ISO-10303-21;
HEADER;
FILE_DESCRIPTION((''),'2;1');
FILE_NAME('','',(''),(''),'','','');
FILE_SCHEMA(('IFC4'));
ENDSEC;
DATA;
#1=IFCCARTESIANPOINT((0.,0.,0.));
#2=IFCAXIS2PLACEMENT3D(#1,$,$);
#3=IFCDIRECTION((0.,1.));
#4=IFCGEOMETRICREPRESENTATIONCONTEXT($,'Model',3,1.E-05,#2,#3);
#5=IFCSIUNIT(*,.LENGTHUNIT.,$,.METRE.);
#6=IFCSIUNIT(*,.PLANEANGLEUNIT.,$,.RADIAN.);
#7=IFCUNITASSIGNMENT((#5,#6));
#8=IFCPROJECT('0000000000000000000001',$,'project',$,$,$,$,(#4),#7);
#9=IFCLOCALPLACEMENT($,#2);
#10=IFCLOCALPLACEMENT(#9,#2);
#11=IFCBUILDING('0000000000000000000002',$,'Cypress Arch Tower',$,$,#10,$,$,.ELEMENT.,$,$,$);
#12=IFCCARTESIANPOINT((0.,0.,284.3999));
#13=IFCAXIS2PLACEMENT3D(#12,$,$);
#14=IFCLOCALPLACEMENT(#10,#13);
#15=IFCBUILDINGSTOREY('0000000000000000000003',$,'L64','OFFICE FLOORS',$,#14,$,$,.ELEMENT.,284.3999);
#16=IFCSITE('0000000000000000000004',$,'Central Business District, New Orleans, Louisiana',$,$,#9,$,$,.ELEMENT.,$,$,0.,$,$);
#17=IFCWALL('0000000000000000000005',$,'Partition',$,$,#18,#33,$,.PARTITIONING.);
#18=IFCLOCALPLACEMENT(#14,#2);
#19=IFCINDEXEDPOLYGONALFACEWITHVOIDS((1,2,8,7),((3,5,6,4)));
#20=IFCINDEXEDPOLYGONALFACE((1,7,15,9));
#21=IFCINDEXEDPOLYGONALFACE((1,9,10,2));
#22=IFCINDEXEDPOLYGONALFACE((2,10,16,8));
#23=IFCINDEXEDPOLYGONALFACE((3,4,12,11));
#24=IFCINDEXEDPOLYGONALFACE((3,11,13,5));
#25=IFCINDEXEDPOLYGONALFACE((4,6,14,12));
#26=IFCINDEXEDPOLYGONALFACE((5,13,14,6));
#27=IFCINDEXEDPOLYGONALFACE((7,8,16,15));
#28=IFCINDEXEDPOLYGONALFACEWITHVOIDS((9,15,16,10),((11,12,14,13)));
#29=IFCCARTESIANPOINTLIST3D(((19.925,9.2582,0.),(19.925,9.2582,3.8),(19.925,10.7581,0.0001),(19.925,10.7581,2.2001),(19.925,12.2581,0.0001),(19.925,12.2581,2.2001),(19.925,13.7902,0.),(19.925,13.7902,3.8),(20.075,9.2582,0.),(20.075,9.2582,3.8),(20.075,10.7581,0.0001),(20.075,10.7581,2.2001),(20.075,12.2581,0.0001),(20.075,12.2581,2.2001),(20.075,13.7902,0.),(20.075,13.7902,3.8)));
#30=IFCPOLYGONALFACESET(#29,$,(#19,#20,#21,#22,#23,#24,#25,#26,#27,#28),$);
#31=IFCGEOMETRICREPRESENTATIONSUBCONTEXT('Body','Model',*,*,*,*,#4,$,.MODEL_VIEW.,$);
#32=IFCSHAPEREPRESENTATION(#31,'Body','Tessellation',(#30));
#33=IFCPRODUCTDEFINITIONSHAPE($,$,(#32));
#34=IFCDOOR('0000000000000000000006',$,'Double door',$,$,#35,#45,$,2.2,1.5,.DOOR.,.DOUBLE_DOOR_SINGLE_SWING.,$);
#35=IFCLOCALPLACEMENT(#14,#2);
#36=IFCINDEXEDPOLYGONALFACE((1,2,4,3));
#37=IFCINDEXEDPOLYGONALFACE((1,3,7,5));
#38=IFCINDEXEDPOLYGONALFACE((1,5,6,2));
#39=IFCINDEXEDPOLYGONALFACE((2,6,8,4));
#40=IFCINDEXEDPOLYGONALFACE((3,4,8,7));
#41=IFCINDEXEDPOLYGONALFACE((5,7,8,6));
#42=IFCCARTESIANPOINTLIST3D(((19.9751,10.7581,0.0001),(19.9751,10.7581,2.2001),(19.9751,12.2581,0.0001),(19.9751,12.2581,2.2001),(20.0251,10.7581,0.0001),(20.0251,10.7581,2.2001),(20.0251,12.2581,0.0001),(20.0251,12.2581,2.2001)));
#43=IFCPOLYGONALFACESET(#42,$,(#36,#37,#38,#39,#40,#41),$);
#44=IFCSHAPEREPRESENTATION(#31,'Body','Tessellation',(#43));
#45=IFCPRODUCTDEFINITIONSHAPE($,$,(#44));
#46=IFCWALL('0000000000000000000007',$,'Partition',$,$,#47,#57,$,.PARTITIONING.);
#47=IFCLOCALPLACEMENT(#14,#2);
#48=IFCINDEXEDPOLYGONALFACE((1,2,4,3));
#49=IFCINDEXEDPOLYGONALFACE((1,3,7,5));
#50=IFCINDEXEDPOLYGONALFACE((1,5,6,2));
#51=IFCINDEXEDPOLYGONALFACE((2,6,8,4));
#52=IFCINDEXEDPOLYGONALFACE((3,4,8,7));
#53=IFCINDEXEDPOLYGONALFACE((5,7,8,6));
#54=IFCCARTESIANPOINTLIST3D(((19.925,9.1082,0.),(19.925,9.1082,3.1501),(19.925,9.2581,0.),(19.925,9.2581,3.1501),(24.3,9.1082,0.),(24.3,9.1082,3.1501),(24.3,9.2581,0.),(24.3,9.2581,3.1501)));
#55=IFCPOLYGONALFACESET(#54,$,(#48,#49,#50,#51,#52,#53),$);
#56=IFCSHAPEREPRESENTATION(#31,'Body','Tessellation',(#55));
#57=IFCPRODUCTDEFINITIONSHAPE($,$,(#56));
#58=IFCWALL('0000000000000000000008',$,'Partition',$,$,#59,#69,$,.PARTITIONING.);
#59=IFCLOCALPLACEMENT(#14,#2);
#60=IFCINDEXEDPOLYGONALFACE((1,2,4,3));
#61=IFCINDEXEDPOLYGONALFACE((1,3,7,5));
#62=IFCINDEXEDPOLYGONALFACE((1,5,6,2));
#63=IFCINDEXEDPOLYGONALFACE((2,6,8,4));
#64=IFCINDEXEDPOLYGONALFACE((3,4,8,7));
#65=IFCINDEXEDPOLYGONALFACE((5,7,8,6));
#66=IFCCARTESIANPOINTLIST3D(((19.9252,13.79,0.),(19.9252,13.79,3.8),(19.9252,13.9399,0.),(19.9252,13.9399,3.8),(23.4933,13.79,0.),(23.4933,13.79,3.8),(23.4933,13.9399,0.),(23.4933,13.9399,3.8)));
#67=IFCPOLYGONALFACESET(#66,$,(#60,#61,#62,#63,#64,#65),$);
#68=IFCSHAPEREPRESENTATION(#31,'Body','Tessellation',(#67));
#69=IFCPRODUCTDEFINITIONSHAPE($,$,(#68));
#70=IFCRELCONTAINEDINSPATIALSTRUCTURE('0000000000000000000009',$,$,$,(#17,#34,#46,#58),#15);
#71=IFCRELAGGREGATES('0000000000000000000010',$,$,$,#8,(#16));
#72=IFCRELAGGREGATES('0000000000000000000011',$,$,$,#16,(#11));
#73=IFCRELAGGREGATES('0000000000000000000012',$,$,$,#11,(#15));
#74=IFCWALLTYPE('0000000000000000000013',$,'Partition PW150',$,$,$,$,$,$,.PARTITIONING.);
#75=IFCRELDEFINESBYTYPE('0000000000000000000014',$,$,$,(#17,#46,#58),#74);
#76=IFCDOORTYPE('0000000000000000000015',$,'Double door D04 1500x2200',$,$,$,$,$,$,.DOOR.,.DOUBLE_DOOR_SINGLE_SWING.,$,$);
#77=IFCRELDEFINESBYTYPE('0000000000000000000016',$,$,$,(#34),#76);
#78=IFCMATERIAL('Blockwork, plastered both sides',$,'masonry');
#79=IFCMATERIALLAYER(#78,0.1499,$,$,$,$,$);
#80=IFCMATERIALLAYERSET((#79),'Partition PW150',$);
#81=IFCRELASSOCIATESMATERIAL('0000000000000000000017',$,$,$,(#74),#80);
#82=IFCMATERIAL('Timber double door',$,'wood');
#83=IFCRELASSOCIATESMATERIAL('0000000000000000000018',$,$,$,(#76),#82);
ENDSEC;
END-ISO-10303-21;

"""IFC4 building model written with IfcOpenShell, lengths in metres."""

from ifc_helpers import new_model, si_unit, direction, frame, frame_2d, origin, place, context, subcontext, project, spatial, rectangle, extrude, material, layer, layer_set, type_object, element, fill, save


model = new_model("IFC4")

# Units and contexts
model_context = context("Model", 3, precision=1e-05, world=origin(), true_north=direction((0.0, 1.0)))
body_context = subcontext(model_context, "Body", "Model", "MODEL_VIEW")
ifc_project = project(units=[si_unit("LENGTHUNIT", "METRE"), si_unit("PLANEANGLEUNIT", "RADIAN")], contexts=[model_context])

# Site, building, storey
site_placement = place(None, origin())
site = spatial("IfcSite", under=ifc_project, at=site_placement, Name="Central Business District, New Orleans, Louisiana", CompositionType="ELEMENT", RefElevation=0.0)
building_placement = place(site_placement, origin())
building = spatial("IfcBuilding", under=site, at=building_placement, Name="Cypress Arch Tower", CompositionType="ELEMENT")
storey_placement = place(building_placement, frame((0.0, 0.0, 284.3999)))
storey = spatial("IfcBuildingStorey", under=building, at=storey_placement, Name="L64", Description="OFFICE FLOORS", CompositionType="ELEMENT", Elevation=284.3999)

# Wall, opening, door
ifc_material_1 = material(Name="Blockwork, plastered both sides", Category="masonry")
ifc_layer_1 = layer(ifc_material_1, 0.1499)
ifc_layer_set_1 = layer_set([ifc_layer_1], Name="Partition PW150")
wall_type_1 = type_object("IfcWallType", Name="Partition PW150", PredefinedType="PARTITIONING", material=ifc_layer_set_1)
wall_1_placement = place(storey_placement, frame((20.0, 9.2581, 0.0), z_axis=(0.0, 0.0, 1.0), x_axis=(0.0, 1.0, 0.0)))
wall_1 = element("IfcWall", 1, at=wall_1_placement, inside=storey, type_object=wall_type_1, Name="Partition", PredefinedType="PARTITIONING", context=body_context, shape_type="SweptSolid", body=[
    extrude(rectangle(XDim=4.532, YDim=0.1499, at=frame_2d((2.2661, 0.0))), origin(), (0.0, 0.0, 1.0), 3.8),
])
opening_1_placement = place(wall_1_placement, frame((1.5, 0.0, 0.0)))
opening_1 = element("IfcOpeningElement", 2, at=opening_1_placement, cuts=wall_1, PredefinedType="OPENING", context=body_context, shape_type="SweptSolid", body=[
    extrude(rectangle(XDim=1.5, YDim=2.2, at=frame_2d((0.75, 1.1001))), frame((0.0, 0.085, 0.0), z_axis=(0.0, -1.0, 0.0), x_axis=(1.0, 0.0, 0.0)), (0.0, 0.0, 1.0), 0.1699),
])
ifc_material_2 = material(Name="Timber double door", Category="wood")
door_type_1 = type_object("IfcDoorType", Name="Double door D04 1500x2200", OperationType="DOUBLE_DOOR_SINGLE_SWING", PredefinedType="DOOR", material=ifc_material_2)
door_1_placement = place(opening_1_placement, origin())
door_1 = element("IfcDoor", 3, at=door_1_placement, inside=storey, type_object=door_type_1, Name="Double door", OperationType="DOUBLE_DOOR_SINGLE_SWING", OverallHeight=2.2, OverallWidth=1.5, PredefinedType="DOOR", context=body_context, shape_type="SweptSolid", body=[
    extrude(rectangle(XDim=1.5, YDim=2.2, at=frame_2d((0.75, 1.1001))), frame((0.0, 0.0249, 0.0), z_axis=(0.0, -1.0, 0.0), x_axis=(1.0, 0.0, 0.0)), (0.0, 0.0, 1.0), 0.05),
])
fill(opening_1, door_1)

# Walls
wall_2_placement = place(storey_placement, frame((19.925, 9.1831, 0.0), z_axis=(0.0, 0.0, 1.0), x_axis=(1.0, 0.0, 0.0)))
element("IfcWall", 4, at=wall_2_placement, inside=storey, type_object=wall_type_1, Name="Partition", PredefinedType="PARTITIONING", context=body_context, shape_type="SweptSolid", body=[
    extrude(rectangle(XDim=4.375, YDim=0.1499, at=frame_2d((2.1875, 0.0))), origin(), (0.0, 0.0, 1.0), 3.1501),
])
wall_3_placement = place(storey_placement, frame((19.925, 13.865, 0.0), z_axis=(0.0, 0.0, 1.0), x_axis=(1.0, 0.0, 0.0)))
element("IfcWall", 5, at=wall_3_placement, inside=storey, type_object=wall_type_1, Name="Partition", PredefinedType="PARTITIONING", context=body_context, shape_type="SweptSolid", body=[
    extrude(rectangle(XDim=3.5681, YDim=0.1499, at=frame_2d((1.7842, 0.0))), origin(), (0.0, 0.0, 1.0), 3.8),
])

save(model, "model.ifc")
